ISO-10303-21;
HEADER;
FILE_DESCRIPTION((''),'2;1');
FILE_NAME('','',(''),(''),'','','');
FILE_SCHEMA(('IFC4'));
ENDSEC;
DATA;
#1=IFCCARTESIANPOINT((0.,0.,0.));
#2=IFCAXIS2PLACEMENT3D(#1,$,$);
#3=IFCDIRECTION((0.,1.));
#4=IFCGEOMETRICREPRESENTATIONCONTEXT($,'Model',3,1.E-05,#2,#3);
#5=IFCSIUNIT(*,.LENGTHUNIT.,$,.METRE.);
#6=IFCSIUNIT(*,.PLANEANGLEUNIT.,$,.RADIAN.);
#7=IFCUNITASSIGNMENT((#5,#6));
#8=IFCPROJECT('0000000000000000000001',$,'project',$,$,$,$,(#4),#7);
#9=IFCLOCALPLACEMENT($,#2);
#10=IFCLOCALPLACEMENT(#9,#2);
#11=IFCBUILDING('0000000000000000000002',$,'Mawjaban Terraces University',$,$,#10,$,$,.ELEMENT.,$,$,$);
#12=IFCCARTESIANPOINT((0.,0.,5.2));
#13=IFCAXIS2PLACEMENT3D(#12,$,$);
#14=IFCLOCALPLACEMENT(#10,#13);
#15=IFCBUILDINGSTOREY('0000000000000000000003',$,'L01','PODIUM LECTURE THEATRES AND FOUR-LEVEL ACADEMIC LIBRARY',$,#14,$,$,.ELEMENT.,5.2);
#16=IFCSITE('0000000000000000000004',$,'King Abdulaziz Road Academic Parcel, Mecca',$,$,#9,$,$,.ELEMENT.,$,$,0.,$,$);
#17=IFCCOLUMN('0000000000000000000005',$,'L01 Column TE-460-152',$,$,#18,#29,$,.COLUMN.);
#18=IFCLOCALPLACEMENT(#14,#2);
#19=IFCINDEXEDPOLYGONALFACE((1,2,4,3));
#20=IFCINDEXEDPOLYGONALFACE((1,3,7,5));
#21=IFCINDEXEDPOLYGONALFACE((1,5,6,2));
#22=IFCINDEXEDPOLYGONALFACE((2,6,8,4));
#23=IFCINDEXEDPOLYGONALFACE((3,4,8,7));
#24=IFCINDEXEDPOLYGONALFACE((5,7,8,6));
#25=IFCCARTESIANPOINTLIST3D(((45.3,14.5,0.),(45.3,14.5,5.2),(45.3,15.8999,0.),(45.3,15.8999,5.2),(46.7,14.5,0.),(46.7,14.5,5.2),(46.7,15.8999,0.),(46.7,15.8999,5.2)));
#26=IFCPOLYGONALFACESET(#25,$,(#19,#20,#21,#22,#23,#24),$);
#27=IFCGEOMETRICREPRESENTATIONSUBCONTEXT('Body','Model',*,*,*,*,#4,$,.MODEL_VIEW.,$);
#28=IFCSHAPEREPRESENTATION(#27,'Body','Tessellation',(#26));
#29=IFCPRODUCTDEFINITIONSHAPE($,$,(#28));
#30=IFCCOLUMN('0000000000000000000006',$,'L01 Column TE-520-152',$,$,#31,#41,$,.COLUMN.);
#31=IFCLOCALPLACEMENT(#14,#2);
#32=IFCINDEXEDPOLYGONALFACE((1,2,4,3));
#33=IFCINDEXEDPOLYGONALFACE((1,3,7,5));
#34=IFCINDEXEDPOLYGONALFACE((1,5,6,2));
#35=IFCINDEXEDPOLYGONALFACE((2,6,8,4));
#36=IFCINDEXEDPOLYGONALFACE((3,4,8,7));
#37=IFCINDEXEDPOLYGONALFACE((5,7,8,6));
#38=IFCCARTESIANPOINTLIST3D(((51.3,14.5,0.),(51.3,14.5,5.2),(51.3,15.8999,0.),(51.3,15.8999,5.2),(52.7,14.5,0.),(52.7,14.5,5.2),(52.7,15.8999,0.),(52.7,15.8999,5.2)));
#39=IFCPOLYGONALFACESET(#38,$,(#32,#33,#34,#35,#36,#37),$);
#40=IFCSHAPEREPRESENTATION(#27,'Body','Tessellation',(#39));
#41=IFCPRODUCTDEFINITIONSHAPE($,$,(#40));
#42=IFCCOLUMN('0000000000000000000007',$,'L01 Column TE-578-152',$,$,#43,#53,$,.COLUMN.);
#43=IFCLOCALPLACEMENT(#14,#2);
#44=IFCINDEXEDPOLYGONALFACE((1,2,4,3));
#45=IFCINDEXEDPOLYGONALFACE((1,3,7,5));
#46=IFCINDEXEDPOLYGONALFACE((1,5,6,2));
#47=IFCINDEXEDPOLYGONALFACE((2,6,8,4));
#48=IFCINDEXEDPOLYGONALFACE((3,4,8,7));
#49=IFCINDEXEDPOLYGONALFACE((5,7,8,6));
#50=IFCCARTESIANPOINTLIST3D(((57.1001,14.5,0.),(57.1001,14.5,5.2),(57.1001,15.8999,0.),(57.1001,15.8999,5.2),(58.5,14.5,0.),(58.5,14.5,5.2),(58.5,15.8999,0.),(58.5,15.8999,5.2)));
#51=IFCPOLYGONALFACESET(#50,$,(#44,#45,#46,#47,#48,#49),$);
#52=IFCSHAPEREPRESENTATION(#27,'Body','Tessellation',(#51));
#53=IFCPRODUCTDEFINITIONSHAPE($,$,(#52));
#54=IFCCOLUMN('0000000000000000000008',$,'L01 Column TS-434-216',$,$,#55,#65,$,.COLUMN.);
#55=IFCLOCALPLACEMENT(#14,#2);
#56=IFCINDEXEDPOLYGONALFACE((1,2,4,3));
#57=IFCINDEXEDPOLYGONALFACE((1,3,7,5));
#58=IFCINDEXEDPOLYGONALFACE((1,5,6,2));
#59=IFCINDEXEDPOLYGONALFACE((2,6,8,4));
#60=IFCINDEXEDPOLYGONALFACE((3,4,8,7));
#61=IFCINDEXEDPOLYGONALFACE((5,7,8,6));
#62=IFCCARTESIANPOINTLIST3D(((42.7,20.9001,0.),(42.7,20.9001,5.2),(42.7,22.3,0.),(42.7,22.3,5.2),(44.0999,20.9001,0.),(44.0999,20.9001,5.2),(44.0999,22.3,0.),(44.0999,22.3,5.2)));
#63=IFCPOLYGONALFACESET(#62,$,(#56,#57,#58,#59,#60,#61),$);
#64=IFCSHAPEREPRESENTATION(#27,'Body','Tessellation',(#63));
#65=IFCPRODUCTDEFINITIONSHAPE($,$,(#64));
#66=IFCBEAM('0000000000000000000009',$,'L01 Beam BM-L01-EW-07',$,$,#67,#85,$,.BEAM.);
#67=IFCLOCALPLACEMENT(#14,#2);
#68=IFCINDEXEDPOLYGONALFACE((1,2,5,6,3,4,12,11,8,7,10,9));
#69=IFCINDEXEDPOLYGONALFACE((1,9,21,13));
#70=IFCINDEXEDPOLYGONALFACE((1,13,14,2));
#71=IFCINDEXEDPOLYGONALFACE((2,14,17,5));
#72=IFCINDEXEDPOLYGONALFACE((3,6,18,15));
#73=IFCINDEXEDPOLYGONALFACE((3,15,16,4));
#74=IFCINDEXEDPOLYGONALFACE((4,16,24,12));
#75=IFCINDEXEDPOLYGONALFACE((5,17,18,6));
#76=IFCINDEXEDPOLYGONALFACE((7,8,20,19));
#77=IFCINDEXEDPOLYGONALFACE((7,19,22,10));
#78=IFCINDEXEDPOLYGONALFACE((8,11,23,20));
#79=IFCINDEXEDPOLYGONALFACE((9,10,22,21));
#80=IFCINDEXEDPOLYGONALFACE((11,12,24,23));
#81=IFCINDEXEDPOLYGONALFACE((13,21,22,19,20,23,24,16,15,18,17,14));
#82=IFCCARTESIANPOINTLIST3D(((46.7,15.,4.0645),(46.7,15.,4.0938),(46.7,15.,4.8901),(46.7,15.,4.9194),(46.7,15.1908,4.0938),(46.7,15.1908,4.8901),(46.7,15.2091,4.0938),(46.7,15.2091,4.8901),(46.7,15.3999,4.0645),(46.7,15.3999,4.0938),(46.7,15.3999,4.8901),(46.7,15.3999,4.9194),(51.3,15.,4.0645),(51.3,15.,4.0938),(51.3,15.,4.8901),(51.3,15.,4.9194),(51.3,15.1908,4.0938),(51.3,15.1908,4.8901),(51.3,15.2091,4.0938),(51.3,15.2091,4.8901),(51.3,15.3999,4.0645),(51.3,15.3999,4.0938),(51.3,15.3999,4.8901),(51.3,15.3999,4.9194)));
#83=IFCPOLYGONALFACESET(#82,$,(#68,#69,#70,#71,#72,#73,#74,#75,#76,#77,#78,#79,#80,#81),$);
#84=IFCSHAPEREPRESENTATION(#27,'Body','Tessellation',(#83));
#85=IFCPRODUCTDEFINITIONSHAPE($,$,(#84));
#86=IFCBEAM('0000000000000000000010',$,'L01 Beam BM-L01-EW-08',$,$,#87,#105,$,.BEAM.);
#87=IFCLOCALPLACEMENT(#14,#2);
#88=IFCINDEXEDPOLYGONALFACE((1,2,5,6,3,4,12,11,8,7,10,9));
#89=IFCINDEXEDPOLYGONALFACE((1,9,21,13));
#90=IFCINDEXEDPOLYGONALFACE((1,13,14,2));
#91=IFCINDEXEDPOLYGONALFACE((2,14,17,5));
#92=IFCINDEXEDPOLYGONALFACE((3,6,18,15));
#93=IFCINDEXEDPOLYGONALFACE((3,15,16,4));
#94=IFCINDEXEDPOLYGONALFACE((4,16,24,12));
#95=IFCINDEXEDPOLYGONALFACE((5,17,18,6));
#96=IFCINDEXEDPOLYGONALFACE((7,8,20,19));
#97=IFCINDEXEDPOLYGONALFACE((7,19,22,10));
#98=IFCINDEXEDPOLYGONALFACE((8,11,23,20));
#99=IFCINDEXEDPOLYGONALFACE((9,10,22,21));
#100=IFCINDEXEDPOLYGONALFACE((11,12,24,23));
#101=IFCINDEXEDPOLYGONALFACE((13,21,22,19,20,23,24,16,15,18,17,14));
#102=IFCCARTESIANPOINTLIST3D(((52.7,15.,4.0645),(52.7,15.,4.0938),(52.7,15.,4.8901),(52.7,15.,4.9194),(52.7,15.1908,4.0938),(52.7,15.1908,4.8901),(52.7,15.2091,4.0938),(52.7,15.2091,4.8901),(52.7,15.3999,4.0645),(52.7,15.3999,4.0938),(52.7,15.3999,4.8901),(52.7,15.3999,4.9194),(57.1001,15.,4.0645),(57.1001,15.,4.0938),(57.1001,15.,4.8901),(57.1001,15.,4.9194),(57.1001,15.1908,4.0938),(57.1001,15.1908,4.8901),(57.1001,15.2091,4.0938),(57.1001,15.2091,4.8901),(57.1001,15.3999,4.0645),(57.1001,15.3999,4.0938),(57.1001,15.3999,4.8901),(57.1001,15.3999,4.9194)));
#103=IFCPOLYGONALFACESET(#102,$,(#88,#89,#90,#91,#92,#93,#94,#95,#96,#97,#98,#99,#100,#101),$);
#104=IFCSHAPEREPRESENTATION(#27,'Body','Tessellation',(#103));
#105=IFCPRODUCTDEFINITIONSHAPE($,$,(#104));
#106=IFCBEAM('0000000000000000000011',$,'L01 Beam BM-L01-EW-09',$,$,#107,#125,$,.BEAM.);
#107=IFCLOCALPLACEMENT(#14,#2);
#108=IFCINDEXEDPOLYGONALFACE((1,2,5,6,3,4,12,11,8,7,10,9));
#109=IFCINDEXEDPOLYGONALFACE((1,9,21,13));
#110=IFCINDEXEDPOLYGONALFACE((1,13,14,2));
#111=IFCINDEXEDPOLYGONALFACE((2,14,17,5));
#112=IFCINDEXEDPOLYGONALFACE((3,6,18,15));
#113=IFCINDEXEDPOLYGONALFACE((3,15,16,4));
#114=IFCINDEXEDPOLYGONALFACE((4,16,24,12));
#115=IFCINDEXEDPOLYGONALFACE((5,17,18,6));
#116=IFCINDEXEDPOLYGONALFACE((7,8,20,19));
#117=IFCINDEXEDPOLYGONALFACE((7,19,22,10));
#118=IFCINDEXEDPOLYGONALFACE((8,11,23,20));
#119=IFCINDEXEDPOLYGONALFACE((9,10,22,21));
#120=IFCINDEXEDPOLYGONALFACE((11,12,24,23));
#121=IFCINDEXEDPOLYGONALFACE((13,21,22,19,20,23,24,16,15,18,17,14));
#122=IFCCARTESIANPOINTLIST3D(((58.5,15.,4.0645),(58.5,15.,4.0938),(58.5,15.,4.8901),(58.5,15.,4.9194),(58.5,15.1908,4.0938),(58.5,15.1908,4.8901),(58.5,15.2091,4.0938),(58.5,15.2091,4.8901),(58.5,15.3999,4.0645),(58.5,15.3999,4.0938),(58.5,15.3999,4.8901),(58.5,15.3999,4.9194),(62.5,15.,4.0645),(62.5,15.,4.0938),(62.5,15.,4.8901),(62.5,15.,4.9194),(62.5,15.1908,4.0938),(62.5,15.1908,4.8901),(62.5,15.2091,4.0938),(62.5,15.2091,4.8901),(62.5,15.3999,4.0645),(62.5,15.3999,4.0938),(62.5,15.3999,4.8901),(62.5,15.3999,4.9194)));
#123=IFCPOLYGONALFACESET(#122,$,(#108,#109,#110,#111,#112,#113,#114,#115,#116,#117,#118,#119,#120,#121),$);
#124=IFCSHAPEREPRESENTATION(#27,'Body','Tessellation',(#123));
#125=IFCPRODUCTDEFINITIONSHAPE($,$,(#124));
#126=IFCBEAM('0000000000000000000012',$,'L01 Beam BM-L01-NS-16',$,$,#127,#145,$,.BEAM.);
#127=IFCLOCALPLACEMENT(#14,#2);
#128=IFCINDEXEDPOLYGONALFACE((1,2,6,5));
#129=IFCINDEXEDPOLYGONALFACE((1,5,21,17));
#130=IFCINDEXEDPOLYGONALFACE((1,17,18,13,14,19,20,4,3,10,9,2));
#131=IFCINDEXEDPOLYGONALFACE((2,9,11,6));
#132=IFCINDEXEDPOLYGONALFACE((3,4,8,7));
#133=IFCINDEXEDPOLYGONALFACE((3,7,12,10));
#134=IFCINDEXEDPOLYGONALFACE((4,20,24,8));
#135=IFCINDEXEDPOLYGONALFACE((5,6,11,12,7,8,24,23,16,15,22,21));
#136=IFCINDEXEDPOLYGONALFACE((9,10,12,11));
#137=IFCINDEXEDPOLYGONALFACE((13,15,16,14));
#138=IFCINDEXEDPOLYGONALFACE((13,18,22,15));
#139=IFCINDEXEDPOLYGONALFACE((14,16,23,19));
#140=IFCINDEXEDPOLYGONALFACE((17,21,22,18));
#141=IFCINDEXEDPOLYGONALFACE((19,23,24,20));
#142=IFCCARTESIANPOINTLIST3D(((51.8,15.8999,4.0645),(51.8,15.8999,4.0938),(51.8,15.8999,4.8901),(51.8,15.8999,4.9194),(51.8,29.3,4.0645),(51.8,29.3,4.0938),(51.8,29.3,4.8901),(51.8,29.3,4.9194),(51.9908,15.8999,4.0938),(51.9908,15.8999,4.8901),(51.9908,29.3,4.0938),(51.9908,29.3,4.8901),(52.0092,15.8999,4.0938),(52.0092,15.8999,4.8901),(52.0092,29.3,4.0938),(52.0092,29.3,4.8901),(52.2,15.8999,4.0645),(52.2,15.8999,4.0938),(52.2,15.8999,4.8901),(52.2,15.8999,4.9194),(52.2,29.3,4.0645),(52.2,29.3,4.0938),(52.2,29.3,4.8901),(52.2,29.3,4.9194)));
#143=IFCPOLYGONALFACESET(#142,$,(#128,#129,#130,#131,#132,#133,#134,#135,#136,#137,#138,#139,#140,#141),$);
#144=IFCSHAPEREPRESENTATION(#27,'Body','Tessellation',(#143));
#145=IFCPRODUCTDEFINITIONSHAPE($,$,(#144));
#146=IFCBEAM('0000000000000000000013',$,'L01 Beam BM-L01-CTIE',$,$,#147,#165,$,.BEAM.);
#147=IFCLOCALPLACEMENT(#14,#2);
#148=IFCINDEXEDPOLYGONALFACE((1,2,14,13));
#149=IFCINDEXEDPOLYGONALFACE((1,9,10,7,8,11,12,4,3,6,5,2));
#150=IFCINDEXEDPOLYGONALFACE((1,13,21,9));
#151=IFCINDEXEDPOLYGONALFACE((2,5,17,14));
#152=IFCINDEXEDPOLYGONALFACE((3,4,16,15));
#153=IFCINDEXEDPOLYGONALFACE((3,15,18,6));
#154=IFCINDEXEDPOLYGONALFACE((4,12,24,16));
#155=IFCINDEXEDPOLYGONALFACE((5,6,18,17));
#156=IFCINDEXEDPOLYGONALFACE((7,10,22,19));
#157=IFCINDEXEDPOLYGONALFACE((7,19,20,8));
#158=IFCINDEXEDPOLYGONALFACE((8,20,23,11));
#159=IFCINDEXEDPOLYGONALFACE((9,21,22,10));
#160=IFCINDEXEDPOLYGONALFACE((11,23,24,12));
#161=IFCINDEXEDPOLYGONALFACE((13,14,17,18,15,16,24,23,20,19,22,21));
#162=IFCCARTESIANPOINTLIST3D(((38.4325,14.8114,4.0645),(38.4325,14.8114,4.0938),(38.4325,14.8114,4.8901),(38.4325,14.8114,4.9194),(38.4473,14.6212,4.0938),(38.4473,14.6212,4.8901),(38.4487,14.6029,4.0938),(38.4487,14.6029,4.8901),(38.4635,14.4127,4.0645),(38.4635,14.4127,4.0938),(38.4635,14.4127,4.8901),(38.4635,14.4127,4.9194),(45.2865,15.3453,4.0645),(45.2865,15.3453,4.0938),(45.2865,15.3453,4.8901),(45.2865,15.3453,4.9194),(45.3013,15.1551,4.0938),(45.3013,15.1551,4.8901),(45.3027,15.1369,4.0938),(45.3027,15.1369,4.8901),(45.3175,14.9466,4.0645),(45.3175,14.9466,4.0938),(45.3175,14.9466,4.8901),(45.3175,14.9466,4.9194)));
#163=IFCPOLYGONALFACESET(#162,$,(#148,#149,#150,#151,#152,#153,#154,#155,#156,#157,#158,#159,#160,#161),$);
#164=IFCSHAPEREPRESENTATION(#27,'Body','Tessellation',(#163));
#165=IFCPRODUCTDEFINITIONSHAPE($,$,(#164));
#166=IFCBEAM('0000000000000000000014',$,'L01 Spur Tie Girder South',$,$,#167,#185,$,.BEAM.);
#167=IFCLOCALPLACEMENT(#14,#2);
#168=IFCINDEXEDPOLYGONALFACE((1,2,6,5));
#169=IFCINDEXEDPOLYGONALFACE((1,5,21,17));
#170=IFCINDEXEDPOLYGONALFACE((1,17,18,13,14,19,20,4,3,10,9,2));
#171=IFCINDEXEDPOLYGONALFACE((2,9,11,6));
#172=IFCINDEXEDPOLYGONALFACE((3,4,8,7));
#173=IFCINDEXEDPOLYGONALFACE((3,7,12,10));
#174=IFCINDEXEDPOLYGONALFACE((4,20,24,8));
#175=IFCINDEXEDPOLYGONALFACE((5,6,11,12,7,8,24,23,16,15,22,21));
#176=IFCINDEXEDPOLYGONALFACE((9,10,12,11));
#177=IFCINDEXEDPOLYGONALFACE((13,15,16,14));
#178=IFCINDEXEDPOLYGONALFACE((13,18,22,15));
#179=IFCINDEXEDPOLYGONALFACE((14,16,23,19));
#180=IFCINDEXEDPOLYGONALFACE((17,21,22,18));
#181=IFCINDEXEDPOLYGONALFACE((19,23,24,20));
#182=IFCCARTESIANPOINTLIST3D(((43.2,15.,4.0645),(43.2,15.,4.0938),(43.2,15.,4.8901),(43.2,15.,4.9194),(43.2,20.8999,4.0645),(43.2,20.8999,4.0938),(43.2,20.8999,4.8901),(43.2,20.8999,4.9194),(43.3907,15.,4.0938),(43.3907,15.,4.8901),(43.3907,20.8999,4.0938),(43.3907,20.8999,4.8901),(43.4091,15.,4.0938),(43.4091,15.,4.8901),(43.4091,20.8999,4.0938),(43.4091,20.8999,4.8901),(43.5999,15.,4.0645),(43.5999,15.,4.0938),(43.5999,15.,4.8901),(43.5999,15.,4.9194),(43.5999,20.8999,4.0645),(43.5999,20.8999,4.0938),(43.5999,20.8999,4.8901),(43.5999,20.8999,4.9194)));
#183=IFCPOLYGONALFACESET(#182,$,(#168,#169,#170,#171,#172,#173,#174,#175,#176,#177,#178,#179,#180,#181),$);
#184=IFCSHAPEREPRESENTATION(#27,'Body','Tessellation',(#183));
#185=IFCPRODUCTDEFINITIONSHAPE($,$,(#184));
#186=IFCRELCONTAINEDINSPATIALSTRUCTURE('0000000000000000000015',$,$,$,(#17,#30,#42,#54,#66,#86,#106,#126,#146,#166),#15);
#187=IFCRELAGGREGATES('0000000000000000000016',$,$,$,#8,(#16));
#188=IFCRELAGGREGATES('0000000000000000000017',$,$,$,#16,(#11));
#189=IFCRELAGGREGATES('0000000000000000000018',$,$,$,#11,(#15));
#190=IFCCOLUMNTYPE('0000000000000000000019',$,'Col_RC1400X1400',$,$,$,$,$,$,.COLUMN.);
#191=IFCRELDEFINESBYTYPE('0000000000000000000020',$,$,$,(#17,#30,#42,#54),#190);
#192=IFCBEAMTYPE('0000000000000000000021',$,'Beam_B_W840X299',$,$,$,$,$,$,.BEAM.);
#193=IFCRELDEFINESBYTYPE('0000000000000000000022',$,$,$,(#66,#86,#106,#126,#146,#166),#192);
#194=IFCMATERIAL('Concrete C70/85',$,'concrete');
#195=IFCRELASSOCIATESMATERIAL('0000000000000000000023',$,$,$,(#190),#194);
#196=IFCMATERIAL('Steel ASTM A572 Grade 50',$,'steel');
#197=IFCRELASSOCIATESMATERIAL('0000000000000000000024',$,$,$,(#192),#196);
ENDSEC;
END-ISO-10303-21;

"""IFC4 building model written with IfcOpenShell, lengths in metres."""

from ifc_helpers import new_model, si_unit, direction, frame, origin, origin_2d, place, context, subcontext, project, spatial, rectangle, i_section, extrude, material, material_profile, profile_set, type_object, element, save


model = new_model("IFC4")

# Units and contexts
model_context = context("Model", 3, precision=1e-05, world=origin(), true_north=direction((0.0, 1.0)))
body_context = subcontext(model_context, "Body", "Model", "MODEL_VIEW")
ifc_project = project(units=[si_unit("LENGTHUNIT", "METRE"), si_unit("PLANEANGLEUNIT", "RADIAN")], contexts=[model_context])

# Site, building, storey
site_placement = place(None, origin())
site = spatial("IfcSite", under=ifc_project, at=site_placement, Name="King Abdulaziz Road Academic Parcel, Mecca", CompositionType="ELEMENT", RefElevation=0.0)
building_placement = place(site_placement, origin())
building = spatial("IfcBuilding", under=site, at=building_placement, Name="Mawjaban Terraces University", CompositionType="ELEMENT")
storey_placement = place(building_placement, frame((0.0, 0.0, 5.2)))
storey = spatial("IfcBuildingStorey", under=building, at=storey_placement, Name="L01", Description="PODIUM LECTURE THEATRES AND FOUR-LEVEL ACADEMIC LIBRARY", CompositionType="ELEMENT", Elevation=5.2)

# Columns
ifc_material_1 = material(Name="Concrete C70/85", Category="concrete")
ifc_material_profile_1 = material_profile(ifc_material_1, rectangle(XDim=1.3999, YDim=1.3999, at=origin_2d()), Name="RC1400X1400")
ifc_profile_set_1 = profile_set([ifc_material_profile_1], Name="Concrete C70/85")
column_type = type_object("IfcColumnType", Name="Col_RC1400X1400", PredefinedType="COLUMN", material=ifc_profile_set_1)
for number, where, z_axis, x_axis, name in (
    (1, (46.0, 15.2, 0.0), (0.0, 0.0, 1.0), (1.0, 0.0, 0.0), "L01 Column TE-460-152"),
    (2, (52.0, 15.2, 0.0), (0.0, 0.0, 1.0), (1.0, 0.0, 0.0), "L01 Column TE-520-152"),
    (3, (57.8, 15.2, 0.0), (0.0, 0.0, 1.0), (1.0, 0.0, 0.0), "L01 Column TE-578-152"),
    (4, (43.3999, 21.6001, 0.0), (0.0, 0.0, 1.0), (1.0, 0.0, 0.0), "L01 Column TS-434-216"),
):
    element("IfcColumn", number, at=place(storey_placement, frame(where, z_axis=z_axis, x_axis=x_axis)), inside=storey, type_object=column_type, Name=name, PredefinedType="COLUMN", context=body_context, shape_type="SweptSolid", body=[
        extrude(rectangle(XDim=1.3999, YDim=1.3999, at=origin_2d()), origin(), (0.0, 0.0, 1.0), 5.2),
    ])

# Beams
ifc_material_2 = material(Name="Steel ASTM A572 Grade 50", Category="steel")
ifc_material_profile_2 = material_profile(ifc_material_2, i_section(OverallWidth=0.3999, OverallDepth=0.855, WebThickness=0.0183, FlangeThickness=0.0293, at=origin_2d()), Name="W840X299")
ifc_profile_set_2 = profile_set([ifc_material_profile_2], Name="Steel ASTM A572 Grade 50")
beam_type_1 = type_object("IfcBeamType", Name="Beam_B_W840X299", PredefinedType="BEAM", material=ifc_profile_set_2)
beam_1_placement = place(storey_placement, frame((46.7, 15.2, 4.4919), z_axis=(1.0, 0.0, 0.0), x_axis=(0.0, 1.0, 0.0)))
element("IfcBeam", 5, at=beam_1_placement, inside=storey, type_object=beam_type_1, Name="L01 Beam BM-L01-EW-07", PredefinedType="BEAM", context=body_context, shape_type="SweptSolid", body=[
    extrude(i_section(OverallWidth=0.3999, OverallDepth=0.855, WebThickness=0.0183, FlangeThickness=0.0293, at=origin_2d()), origin(), (0.0, 0.0, 1.0), 4.6001),
])
beam_2_placement = place(storey_placement, frame((52.7, 15.2, 4.4919), z_axis=(1.0, 0.0, 0.0), x_axis=(0.0, 1.0, 0.0)))
element("IfcBeam", 6, at=beam_2_placement, inside=storey, type_object=beam_type_1, Name="L01 Beam BM-L01-EW-08", PredefinedType="BEAM", context=body_context, shape_type="SweptSolid", body=[
    extrude(i_section(OverallWidth=0.3999, OverallDepth=0.855, WebThickness=0.0183, FlangeThickness=0.0293, at=origin_2d()), origin(), (0.0, 0.0, 1.0), 4.4001),
])
beam_3_placement = place(storey_placement, frame((58.5, 15.2, 4.4919), z_axis=(1.0, 0.0, 0.0), x_axis=(0.0, 1.0, 0.0)))
element("IfcBeam", 7, at=beam_3_placement, inside=storey, type_object=beam_type_1, Name="L01 Beam BM-L01-EW-09", PredefinedType="BEAM", context=body_context, shape_type="SweptSolid", body=[
    extrude(i_section(OverallWidth=0.3999, OverallDepth=0.855, WebThickness=0.0183, FlangeThickness=0.0293, at=origin_2d()), origin(), (0.0, 0.0, 1.0), 4.0),
])
beam_4_placement = place(storey_placement, frame((52.0, 15.8999, 4.4919), z_axis=(0.0, 1.0, 0.0), x_axis=(-1.0, 0.0, 0.0)))
element("IfcBeam", 8, at=beam_4_placement, inside=storey, type_object=beam_type_1, Name="L01 Beam BM-L01-NS-16", PredefinedType="BEAM", context=body_context, shape_type="SweptSolid", body=[
    extrude(i_section(OverallWidth=0.3999, OverallDepth=0.855, WebThickness=0.0183, FlangeThickness=0.0293, at=origin_2d()), origin(), (0.0, 0.0, 1.0), 13.4001),
])
beam_5_placement = place(storey_placement, frame((38.448, 14.6121, 4.4919), z_axis=(0.996979, 0.077666, 0.0), x_axis=(-0.077666, 0.996979, 0.0)))
element("IfcBeam", 9, at=beam_5_placement, inside=storey, type_object=beam_type_1, Name="L01 Beam BM-L01-CTIE", PredefinedType="BEAM", context=body_context, shape_type="SweptSolid", body=[
    extrude(i_section(OverallWidth=0.3999, OverallDepth=0.855, WebThickness=0.0183, FlangeThickness=0.0293, at=origin_2d()), origin(), (0.0, 0.0, 1.0), 6.8748),
])
beam_6_placement = place(storey_placement, frame((43.3999, 15.0, 4.4919), z_axis=(0.0, 1.0, 0.0), x_axis=(-1.0, 0.0, 0.0)))
element("IfcBeam", 10, at=beam_6_placement, inside=storey, type_object=beam_type_1, Name="L01 Spur Tie Girder South", PredefinedType="BEAM", context=body_context, shape_type="SweptSolid", body=[
    extrude(i_section(OverallWidth=0.3999, OverallDepth=0.855, WebThickness=0.0183, FlangeThickness=0.0293, at=origin_2d()), origin(), (0.0, 0.0, 1.0), 5.8999),
])

save(model, "model.ifc")
